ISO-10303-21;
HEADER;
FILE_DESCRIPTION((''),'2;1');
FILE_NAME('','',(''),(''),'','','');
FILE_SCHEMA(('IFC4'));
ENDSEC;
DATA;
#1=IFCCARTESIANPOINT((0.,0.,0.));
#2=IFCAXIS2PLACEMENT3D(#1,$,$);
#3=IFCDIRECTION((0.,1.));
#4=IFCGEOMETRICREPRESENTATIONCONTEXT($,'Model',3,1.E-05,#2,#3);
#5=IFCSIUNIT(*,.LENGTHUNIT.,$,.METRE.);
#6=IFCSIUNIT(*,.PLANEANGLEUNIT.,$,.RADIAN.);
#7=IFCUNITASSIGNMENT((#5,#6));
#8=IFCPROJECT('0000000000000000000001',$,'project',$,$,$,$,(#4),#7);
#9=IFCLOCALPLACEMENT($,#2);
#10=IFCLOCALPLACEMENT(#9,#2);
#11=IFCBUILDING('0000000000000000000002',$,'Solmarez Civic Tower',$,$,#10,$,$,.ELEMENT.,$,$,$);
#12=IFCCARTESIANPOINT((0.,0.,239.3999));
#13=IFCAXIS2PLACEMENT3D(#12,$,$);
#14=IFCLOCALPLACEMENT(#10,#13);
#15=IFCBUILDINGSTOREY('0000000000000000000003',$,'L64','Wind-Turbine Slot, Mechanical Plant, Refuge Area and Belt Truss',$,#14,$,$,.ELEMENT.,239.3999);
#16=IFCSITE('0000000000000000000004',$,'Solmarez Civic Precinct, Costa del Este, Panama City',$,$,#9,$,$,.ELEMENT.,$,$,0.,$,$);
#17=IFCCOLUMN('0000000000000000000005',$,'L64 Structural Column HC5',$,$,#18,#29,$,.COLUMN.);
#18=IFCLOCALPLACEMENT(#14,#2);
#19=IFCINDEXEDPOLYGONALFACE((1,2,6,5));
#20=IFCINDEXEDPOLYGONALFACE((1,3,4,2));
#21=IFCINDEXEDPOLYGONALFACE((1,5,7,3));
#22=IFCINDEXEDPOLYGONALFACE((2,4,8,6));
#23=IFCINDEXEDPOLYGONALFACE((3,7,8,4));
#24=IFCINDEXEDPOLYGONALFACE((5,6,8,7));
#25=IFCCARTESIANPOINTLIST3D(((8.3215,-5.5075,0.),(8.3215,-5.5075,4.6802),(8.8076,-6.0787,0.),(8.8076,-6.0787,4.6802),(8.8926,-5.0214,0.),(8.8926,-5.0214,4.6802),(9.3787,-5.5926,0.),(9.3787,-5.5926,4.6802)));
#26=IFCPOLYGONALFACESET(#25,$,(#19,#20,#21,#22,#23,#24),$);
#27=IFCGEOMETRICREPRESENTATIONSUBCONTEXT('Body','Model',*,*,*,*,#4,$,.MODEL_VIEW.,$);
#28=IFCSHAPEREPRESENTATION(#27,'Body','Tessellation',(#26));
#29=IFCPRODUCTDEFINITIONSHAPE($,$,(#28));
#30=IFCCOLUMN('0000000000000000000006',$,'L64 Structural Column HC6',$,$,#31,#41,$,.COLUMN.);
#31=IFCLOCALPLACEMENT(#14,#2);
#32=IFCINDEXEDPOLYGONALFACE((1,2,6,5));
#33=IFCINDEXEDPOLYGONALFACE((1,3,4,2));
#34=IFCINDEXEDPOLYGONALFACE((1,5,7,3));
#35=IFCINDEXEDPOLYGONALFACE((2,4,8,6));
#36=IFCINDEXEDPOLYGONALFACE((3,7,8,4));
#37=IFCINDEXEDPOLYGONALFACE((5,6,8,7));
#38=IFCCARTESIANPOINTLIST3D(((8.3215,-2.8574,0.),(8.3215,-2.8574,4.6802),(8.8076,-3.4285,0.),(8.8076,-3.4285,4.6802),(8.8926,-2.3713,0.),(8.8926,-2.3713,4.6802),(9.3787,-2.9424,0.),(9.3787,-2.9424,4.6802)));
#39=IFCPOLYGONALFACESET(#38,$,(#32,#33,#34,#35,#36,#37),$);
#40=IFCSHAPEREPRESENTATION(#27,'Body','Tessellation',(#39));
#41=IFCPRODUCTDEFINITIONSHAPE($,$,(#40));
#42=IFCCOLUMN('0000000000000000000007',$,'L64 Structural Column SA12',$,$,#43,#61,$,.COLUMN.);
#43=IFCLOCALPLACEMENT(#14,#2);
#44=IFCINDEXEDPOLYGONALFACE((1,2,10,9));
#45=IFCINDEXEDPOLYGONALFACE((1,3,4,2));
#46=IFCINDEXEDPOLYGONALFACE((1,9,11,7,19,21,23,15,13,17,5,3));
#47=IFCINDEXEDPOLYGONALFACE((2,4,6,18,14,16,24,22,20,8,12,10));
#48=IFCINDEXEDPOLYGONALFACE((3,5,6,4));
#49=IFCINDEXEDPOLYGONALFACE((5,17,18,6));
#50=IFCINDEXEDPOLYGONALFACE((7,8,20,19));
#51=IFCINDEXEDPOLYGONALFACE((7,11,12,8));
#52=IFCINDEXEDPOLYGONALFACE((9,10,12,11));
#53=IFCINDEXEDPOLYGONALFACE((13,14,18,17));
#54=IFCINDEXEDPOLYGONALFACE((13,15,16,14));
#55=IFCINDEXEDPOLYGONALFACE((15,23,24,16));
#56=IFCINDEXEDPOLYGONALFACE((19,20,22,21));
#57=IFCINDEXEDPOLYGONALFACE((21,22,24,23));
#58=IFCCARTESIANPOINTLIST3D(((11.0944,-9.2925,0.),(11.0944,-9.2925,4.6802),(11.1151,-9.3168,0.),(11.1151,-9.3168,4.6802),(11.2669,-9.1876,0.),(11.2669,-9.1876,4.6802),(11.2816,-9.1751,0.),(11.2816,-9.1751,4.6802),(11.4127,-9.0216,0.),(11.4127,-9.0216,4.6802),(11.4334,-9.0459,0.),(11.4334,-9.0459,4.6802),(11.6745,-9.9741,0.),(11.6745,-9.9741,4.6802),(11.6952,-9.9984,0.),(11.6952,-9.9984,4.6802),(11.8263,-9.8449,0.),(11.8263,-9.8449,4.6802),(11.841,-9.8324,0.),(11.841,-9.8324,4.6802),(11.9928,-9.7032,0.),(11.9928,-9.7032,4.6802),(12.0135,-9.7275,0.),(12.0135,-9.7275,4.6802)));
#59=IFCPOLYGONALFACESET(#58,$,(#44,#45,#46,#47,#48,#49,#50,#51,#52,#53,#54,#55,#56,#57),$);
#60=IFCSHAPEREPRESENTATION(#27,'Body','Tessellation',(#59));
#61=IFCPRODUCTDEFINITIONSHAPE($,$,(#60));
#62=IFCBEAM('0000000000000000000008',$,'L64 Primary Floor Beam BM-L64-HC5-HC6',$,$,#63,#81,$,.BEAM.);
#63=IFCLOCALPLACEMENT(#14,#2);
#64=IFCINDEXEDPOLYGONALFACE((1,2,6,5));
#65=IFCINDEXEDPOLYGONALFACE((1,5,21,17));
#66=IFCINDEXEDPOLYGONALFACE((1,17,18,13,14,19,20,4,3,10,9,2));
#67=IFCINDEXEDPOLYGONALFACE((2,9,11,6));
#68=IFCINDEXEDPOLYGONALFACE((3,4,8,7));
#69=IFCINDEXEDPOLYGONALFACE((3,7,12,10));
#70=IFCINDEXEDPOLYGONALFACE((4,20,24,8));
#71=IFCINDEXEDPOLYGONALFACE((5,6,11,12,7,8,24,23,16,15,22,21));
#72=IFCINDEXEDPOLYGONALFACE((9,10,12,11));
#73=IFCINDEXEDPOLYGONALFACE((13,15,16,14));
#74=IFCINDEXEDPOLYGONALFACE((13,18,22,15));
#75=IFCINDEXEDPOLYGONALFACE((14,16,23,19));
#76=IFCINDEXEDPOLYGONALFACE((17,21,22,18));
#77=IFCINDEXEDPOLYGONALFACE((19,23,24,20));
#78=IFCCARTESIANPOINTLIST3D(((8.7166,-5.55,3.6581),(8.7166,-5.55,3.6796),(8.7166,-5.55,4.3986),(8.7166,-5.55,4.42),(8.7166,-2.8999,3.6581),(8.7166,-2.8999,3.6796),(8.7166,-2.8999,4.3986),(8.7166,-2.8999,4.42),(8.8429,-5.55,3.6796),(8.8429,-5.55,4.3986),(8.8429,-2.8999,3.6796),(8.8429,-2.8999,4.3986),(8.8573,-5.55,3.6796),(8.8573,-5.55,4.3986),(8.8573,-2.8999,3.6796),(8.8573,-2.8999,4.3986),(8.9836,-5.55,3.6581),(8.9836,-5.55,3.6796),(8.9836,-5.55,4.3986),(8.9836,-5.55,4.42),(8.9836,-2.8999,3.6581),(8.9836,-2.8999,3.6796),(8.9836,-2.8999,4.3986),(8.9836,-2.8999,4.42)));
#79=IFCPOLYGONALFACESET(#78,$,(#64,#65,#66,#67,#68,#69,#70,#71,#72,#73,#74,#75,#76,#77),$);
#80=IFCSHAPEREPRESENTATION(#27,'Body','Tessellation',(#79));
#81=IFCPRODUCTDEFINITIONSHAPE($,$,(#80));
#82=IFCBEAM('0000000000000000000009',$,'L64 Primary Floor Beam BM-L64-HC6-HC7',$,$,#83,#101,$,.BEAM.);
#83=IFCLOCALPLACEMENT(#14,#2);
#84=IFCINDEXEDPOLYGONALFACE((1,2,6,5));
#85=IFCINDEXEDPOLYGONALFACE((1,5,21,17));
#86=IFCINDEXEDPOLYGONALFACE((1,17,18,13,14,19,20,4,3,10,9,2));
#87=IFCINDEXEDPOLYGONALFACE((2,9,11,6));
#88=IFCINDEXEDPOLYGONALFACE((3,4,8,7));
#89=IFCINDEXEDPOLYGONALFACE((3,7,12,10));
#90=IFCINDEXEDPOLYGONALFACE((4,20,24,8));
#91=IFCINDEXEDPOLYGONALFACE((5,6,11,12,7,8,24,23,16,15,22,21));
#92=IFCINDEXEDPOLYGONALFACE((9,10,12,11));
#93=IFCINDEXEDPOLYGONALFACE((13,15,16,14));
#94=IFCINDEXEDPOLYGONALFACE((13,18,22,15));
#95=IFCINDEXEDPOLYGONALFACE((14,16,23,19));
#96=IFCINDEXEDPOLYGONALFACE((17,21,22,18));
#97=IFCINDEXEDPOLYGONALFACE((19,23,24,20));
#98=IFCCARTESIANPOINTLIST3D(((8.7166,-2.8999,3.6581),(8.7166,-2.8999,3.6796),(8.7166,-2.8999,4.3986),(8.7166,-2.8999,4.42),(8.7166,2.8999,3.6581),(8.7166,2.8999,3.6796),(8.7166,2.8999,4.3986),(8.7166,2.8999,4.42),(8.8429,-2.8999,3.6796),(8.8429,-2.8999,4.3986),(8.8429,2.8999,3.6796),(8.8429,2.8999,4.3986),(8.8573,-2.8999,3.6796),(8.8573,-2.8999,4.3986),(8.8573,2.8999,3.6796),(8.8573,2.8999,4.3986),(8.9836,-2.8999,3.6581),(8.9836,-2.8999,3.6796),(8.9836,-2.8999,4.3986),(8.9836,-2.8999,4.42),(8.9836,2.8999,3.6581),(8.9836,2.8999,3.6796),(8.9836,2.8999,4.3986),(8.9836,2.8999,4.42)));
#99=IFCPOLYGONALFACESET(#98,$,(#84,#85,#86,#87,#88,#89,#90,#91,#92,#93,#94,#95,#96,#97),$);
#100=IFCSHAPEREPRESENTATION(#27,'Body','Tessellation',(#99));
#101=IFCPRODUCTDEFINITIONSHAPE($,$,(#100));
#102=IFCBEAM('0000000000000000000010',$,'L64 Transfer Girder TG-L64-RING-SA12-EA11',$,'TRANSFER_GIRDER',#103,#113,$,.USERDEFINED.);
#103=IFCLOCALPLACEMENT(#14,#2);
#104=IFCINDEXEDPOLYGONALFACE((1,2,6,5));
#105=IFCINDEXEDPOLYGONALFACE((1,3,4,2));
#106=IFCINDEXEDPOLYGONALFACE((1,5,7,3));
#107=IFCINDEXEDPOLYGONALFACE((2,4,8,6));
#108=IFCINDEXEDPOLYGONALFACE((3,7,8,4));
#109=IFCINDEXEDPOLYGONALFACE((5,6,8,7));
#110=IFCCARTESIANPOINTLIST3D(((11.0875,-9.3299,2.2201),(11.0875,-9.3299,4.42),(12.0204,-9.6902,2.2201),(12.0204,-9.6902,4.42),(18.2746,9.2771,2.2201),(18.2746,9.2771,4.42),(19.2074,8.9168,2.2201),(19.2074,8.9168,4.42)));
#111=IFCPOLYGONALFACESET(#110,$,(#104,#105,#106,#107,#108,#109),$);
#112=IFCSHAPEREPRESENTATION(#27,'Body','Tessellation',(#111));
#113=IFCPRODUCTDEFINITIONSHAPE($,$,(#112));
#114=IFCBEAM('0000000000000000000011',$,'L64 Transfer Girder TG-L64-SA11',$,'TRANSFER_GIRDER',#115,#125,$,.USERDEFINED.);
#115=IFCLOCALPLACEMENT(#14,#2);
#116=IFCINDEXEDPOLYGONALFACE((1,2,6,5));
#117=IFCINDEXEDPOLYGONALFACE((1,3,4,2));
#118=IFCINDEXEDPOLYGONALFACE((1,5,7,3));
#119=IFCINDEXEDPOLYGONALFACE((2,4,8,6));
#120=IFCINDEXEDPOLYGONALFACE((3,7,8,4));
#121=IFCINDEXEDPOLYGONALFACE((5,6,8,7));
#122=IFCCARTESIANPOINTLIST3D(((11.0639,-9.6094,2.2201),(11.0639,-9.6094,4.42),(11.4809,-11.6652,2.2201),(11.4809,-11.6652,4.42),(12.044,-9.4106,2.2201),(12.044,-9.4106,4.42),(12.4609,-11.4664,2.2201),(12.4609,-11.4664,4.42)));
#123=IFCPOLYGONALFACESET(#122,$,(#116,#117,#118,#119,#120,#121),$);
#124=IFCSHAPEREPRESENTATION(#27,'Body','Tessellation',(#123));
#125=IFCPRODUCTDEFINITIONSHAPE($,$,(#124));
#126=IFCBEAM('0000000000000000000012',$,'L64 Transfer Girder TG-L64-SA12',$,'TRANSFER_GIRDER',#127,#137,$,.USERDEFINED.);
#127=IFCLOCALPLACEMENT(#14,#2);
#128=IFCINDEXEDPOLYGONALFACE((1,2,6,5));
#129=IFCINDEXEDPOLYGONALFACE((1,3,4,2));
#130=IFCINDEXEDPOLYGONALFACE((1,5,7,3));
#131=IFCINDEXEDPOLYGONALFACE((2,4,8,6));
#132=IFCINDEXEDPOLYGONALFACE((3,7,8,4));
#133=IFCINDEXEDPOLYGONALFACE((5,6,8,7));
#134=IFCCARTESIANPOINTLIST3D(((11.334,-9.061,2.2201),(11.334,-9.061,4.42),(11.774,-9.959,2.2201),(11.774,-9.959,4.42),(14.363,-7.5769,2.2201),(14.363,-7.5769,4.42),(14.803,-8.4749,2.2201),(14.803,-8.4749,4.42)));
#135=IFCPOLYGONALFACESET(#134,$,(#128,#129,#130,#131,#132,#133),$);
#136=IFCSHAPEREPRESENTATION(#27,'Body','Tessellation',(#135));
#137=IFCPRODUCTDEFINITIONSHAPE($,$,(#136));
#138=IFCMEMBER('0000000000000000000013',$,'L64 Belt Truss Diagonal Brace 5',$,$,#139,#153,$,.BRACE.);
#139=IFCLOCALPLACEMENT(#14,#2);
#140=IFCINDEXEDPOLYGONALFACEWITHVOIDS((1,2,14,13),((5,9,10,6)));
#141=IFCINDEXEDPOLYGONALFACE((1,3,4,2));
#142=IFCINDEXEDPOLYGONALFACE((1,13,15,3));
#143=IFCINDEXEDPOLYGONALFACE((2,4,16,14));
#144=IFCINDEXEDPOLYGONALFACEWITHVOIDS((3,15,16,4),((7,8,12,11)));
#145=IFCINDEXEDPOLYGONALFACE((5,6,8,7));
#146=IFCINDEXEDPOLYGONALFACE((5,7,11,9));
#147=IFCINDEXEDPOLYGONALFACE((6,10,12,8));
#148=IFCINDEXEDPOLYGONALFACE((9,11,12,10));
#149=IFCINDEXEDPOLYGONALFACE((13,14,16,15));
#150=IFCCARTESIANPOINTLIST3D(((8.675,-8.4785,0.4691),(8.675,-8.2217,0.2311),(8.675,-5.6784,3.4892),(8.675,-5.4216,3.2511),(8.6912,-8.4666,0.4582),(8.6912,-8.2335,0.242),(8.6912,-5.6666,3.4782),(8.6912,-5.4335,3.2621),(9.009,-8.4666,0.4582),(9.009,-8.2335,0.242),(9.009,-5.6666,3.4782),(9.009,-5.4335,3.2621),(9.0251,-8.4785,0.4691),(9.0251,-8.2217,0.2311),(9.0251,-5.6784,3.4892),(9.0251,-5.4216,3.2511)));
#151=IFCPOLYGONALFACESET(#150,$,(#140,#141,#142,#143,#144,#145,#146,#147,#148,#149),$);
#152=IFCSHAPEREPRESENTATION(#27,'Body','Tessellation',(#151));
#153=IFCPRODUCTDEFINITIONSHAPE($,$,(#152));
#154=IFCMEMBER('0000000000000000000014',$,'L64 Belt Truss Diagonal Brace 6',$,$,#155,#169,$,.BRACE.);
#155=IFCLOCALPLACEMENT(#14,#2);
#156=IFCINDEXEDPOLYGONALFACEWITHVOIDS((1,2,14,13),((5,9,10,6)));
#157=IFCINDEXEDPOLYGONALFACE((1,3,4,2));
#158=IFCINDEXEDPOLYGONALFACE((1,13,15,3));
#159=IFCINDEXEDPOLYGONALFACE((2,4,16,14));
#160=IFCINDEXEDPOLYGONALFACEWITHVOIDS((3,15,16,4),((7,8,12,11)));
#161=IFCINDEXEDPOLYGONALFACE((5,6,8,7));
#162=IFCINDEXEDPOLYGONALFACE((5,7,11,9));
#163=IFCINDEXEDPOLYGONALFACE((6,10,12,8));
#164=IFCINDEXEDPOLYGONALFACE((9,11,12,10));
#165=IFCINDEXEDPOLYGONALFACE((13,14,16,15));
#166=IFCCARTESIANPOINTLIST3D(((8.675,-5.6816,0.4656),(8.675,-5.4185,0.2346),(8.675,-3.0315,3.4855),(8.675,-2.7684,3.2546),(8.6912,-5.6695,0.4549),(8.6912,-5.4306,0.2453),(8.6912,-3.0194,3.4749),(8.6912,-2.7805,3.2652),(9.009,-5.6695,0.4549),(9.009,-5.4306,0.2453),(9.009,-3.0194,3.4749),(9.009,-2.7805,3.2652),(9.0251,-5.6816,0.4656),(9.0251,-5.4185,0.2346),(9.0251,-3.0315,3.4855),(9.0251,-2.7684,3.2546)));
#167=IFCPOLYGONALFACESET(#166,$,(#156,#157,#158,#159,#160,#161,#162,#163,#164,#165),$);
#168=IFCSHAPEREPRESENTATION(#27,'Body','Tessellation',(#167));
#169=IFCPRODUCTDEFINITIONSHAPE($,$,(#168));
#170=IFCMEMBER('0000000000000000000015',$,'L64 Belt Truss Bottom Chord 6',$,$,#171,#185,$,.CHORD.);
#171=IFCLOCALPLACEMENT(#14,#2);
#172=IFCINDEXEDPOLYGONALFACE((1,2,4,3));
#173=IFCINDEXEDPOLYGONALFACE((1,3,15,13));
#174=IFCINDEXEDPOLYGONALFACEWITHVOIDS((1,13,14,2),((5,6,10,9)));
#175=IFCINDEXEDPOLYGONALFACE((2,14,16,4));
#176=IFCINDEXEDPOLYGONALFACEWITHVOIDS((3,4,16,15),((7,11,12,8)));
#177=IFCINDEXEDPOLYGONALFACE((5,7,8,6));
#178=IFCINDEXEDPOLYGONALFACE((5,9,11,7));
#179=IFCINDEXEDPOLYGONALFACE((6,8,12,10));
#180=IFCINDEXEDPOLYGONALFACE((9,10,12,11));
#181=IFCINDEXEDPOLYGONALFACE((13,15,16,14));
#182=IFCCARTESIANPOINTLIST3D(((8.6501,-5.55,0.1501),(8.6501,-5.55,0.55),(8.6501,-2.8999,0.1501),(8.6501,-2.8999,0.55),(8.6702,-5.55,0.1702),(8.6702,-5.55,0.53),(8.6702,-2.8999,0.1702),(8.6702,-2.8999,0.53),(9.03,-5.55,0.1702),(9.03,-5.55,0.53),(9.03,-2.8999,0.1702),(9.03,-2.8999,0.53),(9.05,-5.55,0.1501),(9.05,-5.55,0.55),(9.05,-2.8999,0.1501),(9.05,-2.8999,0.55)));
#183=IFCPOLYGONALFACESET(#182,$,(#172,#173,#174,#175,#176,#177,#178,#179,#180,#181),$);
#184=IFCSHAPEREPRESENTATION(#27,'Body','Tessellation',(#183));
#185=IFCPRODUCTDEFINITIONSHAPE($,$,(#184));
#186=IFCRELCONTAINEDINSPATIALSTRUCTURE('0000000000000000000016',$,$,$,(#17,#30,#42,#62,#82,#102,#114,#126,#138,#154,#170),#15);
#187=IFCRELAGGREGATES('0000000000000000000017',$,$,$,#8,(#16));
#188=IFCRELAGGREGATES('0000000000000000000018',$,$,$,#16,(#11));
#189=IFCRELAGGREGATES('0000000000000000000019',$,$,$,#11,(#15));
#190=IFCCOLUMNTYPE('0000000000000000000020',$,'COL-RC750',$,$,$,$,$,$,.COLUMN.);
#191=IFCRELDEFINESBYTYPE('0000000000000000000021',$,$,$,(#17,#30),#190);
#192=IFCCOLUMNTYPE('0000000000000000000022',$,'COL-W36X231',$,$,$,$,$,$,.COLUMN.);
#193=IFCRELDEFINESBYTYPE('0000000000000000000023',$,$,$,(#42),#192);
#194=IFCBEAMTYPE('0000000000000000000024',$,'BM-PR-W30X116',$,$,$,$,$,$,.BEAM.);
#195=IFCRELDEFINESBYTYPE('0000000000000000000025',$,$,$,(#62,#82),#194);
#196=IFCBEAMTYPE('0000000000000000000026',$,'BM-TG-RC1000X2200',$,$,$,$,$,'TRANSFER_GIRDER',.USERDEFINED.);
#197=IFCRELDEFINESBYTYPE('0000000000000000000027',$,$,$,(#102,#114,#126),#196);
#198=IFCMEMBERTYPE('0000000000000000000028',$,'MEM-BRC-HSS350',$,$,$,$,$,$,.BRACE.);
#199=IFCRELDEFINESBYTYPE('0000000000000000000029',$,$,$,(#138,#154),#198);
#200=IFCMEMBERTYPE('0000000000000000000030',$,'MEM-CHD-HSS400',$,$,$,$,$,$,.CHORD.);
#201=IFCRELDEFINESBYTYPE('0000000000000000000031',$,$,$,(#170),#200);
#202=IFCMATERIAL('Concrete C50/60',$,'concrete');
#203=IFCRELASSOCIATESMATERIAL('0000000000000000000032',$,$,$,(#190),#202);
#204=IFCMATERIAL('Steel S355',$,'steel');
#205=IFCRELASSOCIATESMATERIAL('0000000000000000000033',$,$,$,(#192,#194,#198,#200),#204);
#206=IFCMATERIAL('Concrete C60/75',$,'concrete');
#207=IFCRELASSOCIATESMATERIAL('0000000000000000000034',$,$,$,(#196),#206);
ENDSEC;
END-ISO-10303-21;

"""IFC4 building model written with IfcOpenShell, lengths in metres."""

from ifc_helpers import new_model, si_unit, direction, frame, origin, origin_2d, place, context, subcontext, project, spatial, rectangle, hollow_rectangle, i_section, extrude, material, material_profile, profile_set, type_object, element, save


model = new_model("IFC4")

# Units and contexts
model_context = context("Model", 3, precision=1e-05, world=origin(), true_north=direction((0.0, 1.0)))
body_context = subcontext(model_context, "Body", "Model", "MODEL_VIEW")
ifc_project = project(units=[si_unit("LENGTHUNIT", "METRE"), si_unit("PLANEANGLEUNIT", "RADIAN")], contexts=[model_context])

# Site, building, storey
site_placement = place(None, origin())
site = spatial("IfcSite", under=ifc_project, at=site_placement, Name="Solmarez Civic Precinct, Costa del Este, Panama City", CompositionType="ELEMENT", RefElevation=0.0)
building_placement = place(site_placement, origin())
building = spatial("IfcBuilding", under=site, at=building_placement, Name="Solmarez Civic Tower", CompositionType="ELEMENT")
storey_placement = place(building_placement, frame((0.0, 0.0, 239.3999)))
storey = spatial("IfcBuildingStorey", under=building, at=storey_placement, Name="L64", Description="Wind-Turbine Slot, Mechanical Plant, Refuge Area and Belt Truss", CompositionType="ELEMENT", Elevation=239.3999)

# Columns
ifc_material_1 = material(Name="Concrete C50/60", Category="concrete")
ifc_material_profile_1 = material_profile(ifc_material_1, rectangle(XDim=0.75, YDim=0.75, at=origin_2d()), Name="RC750X750")
ifc_profile_set_1 = profile_set([ifc_material_profile_1], Name="Concrete C50/60")
column_type_1 = type_object("IfcColumnType", Name="COL-RC750", PredefinedType="COLUMN", material=ifc_profile_set_1)
for number, where, z_axis, x_axis, name in (
    (1, (8.8501, -5.55, 0.0), (0.0, 0.0, 1.0), (0.761538, 0.64812, 0.0), "L64 Structural Column HC5"),
    (2, (8.8501, -2.8999, 0.0), (0.0, 0.0, 1.0), (0.761538, 0.64812, 0.0), "L64 Structural Column HC6"),
):
    element("IfcColumn", number, at=place(storey_placement, frame(where, z_axis=z_axis, x_axis=x_axis)), inside=storey, type_object=column_type_1, Name=name, PredefinedType="COLUMN", context=body_context, shape_type="SweptSolid", body=[
        extrude(rectangle(XDim=0.75, YDim=0.75, at=origin_2d()), origin(), (0.0, 0.0, 1.0), 4.6802),
    ])
ifc_material_2 = material(Name="Steel S355", Category="steel")
ifc_material_profile_2 = material_profile(ifc_material_2, i_section(OverallWidth=0.418, OverallDepth=0.927, WebThickness=0.0193, FlangeThickness=0.032, at=origin_2d()), Name="W36X231")
ifc_profile_set_2 = profile_set([ifc_material_profile_2], Name="Steel S355")
column_type_2 = type_object("IfcColumnType", Name="COL-W36X231", PredefinedType="COLUMN", material=ifc_profile_set_2)
column_placement = place(storey_placement, frame((11.554, -9.51, 0.0), z_axis=(0.0, 0.0, 1.0), x_axis=(0.761538, 0.64812, 0.0)))
element("IfcColumn", 3, at=column_placement, inside=storey, type_object=column_type_2, Name="L64 Structural Column SA12", PredefinedType="COLUMN", context=body_context, shape_type="SweptSolid", body=[
    extrude(i_section(OverallWidth=0.418, OverallDepth=0.927, WebThickness=0.0193, FlangeThickness=0.032, at=origin_2d()), origin(), (0.0, 0.0, 1.0), 4.6802),
])

# Beams
ifc_material_profile_3 = material_profile(ifc_material_2, i_section(OverallWidth=0.2671, OverallDepth=0.762, WebThickness=0.0144, FlangeThickness=0.0215, at=origin_2d()), Name="W30X116")
ifc_profile_set_3 = profile_set([ifc_material_profile_3], Name="Steel S355")
beam_type_1 = type_object("IfcBeamType", Name="BM-PR-W30X116", PredefinedType="BEAM", material=ifc_profile_set_3)
beam_1_placement = place(storey_placement, frame((8.8501, -5.55, 4.0391), z_axis=(0.0, 1.0, 0.0), x_axis=(-1.0, 0.0, 0.0)))
element("IfcBeam", 4, at=beam_1_placement, inside=storey, type_object=beam_type_1, Name="L64 Primary Floor Beam BM-L64-HC5-HC6", PredefinedType="BEAM", context=body_context, shape_type="SweptSolid", body=[
    extrude(i_section(OverallWidth=0.2671, OverallDepth=0.762, WebThickness=0.0144, FlangeThickness=0.0215, at=origin_2d()), origin(), (0.0, 0.0, 1.0), 2.6501),
])
beam_2_placement = place(storey_placement, frame((8.8501, -2.8999, 4.0391), z_axis=(0.0, 1.0, 0.0), x_axis=(-1.0, 0.0, 0.0)))
element("IfcBeam", 5, at=beam_2_placement, inside=storey, type_object=beam_type_1, Name="L64 Primary Floor Beam BM-L64-HC6-HC7", PredefinedType="BEAM", context=body_context, shape_type="SweptSolid", body=[
    extrude(i_section(OverallWidth=0.2671, OverallDepth=0.762, WebThickness=0.0144, FlangeThickness=0.0215, at=origin_2d()), origin(), (0.0, 0.0, 1.0), 5.7998),
])
ifc_material_3 = material(Name="Concrete C60/75", Category="concrete")
ifc_material_profile_4 = material_profile(ifc_material_3, rectangle(XDim=1.0, YDim=2.2, at=origin_2d()), Name="RC1000X2200")
ifc_profile_set_4 = profile_set([ifc_material_profile_4], Name="Concrete C60/75")
beam_type_2 = type_object("IfcBeamType", Name="BM-TG-RC1000X2200", ElementType="TRANSFER_GIRDER", PredefinedType="USERDEFINED", material=ifc_profile_set_4)
beam_3_placement = place(storey_placement, frame((11.554, -9.51, 3.3201), z_axis=(0.360311, 0.932832, 0.0), x_axis=(-0.932832, 0.360311, 0.0)))
element("IfcBeam", 6, at=beam_3_placement, inside=storey, type_object=beam_type_2, Name="L64 Transfer Girder TG-L64-RING-SA12-EA11", ObjectType="TRANSFER_GIRDER", PredefinedType="USERDEFINED", context=body_context, shape_type="SweptSolid", body=[
    extrude(rectangle(XDim=1.0, YDim=2.2, at=origin_2d()), origin(), (0.0, 0.0, 1.0), 19.9468),
])
beam_4_placement = place(storey_placement, frame((11.554, -9.51, 3.3201), z_axis=(0.198779, -0.980044, 0.0), x_axis=(0.980044, 0.198779, 0.0)))
element("IfcBeam", 7, at=beam_4_placement, inside=storey, type_object=beam_type_2, Name="L64 Transfer Girder TG-L64-SA11", ObjectType="TRANSFER_GIRDER", PredefinedType="USERDEFINED", context=body_context, shape_type="SweptSolid", body=[
    extrude(rectangle(XDim=1.0, YDim=2.2, at=origin_2d()), origin(), (0.0, 0.0, 1.0), 2.0977),
])
beam_5_placement = place(storey_placement, frame((11.554, -9.51, 3.3201), z_axis=(0.898003, 0.43999, 0.0), x_axis=(-0.43999, 0.898003, 0.0)))
element("IfcBeam", 8, at=beam_5_placement, inside=storey, type_object=beam_type_2, Name="L64 Transfer Girder TG-L64-SA12", ObjectType="TRANSFER_GIRDER", PredefinedType="USERDEFINED", context=body_context, shape_type="SweptSolid", body=[
    extrude(rectangle(XDim=1.0, YDim=2.2, at=origin_2d()), origin(), (0.0, 0.0, 1.0), 3.373),
])

# Members
ifc_material_profile_5 = material_profile(ifc_material_2, hollow_rectangle(XDim=0.3501, YDim=0.3501, WallThickness=0.0161, at=origin_2d()), Name="HSS350X350X16")
ifc_profile_set_5 = profile_set([ifc_material_profile_5], Name="Steel S355")
member_type_1 = type_object("IfcMemberType", Name="MEM-BRC-HSS350", PredefinedType="BRACE", material=ifc_profile_set_5)
member_1_placement = place(storey_placement, frame((8.8501, -8.3501, 0.3501), z_axis=(0.0, 0.679896, 0.733308), x_axis=(-1.0, 0.0, 0.0)))
element("IfcMember", 9, at=member_1_placement, inside=storey, type_object=member_type_1, Name="L64 Belt Truss Diagonal Brace 5", PredefinedType="BRACE", context=body_context, shape_type="SweptSolid", body=[
    extrude(hollow_rectangle(XDim=0.3501, YDim=0.3501, WallThickness=0.0161, at=origin_2d()), origin(), (0.0, 0.0, 1.0), 4.1184),
])
member_2_placement = place(storey_placement, frame((8.8501, -5.55, 0.3501), z_axis=(0.0, 0.659579, 0.751635), x_axis=(-1.0, 0.0, 0.0)))
element("IfcMember", 10, at=member_2_placement, inside=storey, type_object=member_type_1, Name="L64 Belt Truss Diagonal Brace 6", PredefinedType="BRACE", context=body_context, shape_type="SweptSolid", body=[
    extrude(hollow_rectangle(XDim=0.3501, YDim=0.3501, WallThickness=0.0161, at=origin_2d()), origin(), (0.0, 0.0, 1.0), 4.0178),
])
ifc_material_profile_6 = material_profile(ifc_material_2, hollow_rectangle(XDim=0.3999, YDim=0.3999, WallThickness=0.02, at=origin_2d()), Name="HSS400X400X20")
ifc_profile_set_6 = profile_set([ifc_material_profile_6], Name="Steel S355")
member_type_2 = type_object("IfcMemberType", Name="MEM-CHD-HSS400", PredefinedType="CHORD", material=ifc_profile_set_6)
member_3_placement = place(storey_placement, frame((8.8501, -5.55, 0.3501), z_axis=(0.0, 1.0, 0.0), x_axis=(-1.0, 0.0, 0.0)))
element("IfcMember", 11, at=member_3_placement, inside=storey, type_object=member_type_2, Name="L64 Belt Truss Bottom Chord 6", PredefinedType="CHORD", context=body_context, shape_type="SweptSolid", body=[
    extrude(hollow_rectangle(XDim=0.3999, YDim=0.3999, WallThickness=0.02, at=origin_2d()), origin(), (0.0, 0.0, 1.0), 2.6501),
])

save(model, "model.ifc")
